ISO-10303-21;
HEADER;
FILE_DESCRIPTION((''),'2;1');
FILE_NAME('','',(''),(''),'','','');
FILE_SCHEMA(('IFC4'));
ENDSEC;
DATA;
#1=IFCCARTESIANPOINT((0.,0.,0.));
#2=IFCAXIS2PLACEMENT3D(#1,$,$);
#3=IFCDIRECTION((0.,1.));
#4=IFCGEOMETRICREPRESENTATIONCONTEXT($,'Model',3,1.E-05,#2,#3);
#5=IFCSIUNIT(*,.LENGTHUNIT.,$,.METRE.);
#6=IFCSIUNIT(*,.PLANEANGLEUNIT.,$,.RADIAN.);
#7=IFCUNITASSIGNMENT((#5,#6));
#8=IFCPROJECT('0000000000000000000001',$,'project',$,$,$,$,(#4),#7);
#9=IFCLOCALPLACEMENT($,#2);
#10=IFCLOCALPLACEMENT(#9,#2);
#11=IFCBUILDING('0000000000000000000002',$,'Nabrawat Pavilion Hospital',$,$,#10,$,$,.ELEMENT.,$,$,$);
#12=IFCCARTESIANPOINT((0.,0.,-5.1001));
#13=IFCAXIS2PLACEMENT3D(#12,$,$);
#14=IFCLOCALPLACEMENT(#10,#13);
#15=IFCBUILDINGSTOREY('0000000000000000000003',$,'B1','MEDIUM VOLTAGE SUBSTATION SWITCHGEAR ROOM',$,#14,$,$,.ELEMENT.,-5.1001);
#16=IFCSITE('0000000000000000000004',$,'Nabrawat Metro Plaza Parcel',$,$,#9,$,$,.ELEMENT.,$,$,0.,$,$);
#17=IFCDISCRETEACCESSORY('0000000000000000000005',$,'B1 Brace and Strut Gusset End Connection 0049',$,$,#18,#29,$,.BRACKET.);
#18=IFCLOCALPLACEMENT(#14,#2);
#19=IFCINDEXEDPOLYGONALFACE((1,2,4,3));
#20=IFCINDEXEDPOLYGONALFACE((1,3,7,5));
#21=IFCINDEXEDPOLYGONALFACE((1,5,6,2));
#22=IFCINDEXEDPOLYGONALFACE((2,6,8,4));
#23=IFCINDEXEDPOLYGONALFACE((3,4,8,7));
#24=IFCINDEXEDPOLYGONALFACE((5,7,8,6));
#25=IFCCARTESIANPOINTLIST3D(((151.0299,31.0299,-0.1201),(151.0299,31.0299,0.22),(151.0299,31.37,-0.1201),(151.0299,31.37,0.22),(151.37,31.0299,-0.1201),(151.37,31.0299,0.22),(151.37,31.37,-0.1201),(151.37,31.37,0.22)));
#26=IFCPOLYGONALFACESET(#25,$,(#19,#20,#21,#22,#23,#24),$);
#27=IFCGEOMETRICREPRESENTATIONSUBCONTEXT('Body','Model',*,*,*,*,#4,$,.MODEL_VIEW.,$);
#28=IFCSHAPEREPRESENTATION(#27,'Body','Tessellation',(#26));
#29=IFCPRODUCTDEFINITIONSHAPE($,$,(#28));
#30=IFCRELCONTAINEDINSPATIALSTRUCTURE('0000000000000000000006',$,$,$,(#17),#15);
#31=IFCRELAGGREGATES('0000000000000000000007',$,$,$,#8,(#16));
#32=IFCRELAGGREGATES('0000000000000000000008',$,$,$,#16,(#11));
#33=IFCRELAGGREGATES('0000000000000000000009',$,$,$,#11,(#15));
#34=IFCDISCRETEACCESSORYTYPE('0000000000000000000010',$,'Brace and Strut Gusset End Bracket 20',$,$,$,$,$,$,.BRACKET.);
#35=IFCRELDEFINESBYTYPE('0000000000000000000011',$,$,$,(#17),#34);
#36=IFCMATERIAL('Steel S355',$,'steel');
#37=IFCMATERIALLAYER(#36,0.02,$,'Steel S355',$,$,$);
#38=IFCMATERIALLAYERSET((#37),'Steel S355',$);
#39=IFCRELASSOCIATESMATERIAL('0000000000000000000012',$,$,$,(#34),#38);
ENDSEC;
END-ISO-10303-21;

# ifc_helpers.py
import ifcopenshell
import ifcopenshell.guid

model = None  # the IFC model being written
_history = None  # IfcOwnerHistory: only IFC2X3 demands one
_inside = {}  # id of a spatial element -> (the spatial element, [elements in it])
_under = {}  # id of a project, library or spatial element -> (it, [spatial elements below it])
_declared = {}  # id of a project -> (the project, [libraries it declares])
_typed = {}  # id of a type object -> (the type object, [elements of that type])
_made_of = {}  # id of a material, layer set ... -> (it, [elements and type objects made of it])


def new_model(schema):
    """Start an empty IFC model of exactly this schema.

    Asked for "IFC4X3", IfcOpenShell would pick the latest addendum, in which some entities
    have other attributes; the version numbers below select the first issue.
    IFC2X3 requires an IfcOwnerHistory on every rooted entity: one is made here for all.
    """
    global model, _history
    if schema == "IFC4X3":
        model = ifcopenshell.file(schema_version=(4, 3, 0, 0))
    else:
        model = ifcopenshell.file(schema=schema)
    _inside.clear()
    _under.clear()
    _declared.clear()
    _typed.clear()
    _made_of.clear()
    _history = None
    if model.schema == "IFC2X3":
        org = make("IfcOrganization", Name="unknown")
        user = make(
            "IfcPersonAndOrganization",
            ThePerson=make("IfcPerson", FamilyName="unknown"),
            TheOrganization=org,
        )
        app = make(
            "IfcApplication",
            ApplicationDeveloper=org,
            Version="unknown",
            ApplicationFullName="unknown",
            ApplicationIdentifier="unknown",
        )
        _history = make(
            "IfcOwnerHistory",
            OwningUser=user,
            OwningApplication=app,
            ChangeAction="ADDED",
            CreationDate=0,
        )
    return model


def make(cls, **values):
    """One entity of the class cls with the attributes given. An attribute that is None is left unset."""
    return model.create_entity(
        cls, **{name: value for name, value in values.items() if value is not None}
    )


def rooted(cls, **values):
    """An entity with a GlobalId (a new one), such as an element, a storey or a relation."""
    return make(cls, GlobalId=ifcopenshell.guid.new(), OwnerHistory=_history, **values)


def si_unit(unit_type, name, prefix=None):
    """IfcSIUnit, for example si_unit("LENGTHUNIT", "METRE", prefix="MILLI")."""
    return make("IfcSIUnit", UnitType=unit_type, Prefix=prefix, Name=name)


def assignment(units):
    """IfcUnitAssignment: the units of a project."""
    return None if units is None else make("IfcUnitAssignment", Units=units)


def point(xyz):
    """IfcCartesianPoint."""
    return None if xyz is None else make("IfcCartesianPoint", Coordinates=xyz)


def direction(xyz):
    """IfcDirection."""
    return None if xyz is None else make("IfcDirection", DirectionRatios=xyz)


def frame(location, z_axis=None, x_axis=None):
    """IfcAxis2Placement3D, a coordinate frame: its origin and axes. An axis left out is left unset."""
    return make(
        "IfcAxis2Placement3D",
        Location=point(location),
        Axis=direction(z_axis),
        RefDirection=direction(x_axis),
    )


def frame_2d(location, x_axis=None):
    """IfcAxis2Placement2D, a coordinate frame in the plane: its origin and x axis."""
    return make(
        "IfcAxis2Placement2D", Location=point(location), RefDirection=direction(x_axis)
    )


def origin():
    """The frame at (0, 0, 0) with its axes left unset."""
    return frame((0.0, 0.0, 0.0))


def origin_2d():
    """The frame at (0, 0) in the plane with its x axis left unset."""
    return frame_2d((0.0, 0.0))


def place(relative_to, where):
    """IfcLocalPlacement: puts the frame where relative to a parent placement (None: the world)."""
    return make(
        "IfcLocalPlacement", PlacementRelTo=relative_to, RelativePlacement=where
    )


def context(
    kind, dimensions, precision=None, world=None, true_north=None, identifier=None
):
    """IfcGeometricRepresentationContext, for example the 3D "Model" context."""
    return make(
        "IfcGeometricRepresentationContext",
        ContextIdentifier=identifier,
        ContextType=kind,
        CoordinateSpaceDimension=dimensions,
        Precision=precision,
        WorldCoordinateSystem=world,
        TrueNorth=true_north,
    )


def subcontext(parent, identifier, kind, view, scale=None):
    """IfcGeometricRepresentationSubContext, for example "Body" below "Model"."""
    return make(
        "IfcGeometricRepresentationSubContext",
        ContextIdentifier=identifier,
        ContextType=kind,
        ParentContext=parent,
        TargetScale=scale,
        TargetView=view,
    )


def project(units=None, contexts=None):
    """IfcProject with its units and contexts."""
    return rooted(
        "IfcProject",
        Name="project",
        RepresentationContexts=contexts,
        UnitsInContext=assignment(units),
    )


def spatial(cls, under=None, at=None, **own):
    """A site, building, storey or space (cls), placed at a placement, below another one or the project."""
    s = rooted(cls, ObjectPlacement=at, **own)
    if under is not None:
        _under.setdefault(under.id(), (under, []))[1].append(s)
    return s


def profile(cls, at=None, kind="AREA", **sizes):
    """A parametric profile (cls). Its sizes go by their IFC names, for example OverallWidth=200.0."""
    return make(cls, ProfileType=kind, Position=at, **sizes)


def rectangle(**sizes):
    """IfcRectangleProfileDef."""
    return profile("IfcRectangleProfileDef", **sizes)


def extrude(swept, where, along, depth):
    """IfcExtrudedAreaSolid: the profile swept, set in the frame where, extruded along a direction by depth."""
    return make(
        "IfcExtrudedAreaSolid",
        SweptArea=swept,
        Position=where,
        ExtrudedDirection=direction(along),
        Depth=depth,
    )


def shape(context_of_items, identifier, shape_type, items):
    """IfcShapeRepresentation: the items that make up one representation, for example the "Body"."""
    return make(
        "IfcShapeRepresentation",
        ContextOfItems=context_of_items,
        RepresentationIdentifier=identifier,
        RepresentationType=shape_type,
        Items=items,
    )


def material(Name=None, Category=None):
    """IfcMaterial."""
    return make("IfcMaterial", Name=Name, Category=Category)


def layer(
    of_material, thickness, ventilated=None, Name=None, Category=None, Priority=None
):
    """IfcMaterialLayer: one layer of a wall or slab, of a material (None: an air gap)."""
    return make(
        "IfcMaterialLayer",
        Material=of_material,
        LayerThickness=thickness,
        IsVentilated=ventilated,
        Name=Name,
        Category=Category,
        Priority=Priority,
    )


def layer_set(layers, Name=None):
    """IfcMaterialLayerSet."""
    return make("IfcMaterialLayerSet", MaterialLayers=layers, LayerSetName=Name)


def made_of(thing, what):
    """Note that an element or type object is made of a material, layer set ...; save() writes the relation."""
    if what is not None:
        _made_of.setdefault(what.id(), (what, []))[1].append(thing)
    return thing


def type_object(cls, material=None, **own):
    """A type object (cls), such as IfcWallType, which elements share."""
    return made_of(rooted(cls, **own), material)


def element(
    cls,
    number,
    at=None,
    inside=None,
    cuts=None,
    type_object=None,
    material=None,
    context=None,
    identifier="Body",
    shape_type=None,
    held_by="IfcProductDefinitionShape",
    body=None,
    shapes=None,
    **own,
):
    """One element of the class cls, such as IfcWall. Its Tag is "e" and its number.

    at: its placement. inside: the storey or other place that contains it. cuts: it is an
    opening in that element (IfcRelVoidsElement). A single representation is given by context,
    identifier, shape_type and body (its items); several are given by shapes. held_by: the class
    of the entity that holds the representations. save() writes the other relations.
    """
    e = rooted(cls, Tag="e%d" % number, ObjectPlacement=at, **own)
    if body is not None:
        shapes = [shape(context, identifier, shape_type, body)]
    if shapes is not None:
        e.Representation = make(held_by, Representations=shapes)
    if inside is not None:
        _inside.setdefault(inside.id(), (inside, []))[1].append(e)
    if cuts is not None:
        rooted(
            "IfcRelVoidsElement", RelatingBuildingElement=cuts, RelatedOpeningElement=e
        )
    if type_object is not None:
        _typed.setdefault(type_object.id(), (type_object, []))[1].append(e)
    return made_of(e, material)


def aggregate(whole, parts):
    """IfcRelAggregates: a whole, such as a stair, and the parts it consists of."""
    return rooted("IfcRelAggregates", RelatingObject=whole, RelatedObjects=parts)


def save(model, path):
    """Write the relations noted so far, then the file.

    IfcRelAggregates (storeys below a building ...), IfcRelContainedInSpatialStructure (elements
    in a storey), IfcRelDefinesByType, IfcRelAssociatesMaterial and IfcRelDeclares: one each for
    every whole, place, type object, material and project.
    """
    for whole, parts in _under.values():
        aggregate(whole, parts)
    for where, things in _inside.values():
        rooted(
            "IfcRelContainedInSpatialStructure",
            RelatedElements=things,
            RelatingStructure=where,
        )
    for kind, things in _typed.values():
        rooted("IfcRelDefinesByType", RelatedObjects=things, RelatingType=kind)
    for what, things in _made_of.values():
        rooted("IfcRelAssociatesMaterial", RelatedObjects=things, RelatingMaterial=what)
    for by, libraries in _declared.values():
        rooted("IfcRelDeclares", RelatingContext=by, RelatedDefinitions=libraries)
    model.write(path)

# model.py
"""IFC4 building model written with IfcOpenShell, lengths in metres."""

from ifc_helpers import new_model, si_unit, direction, frame, origin, origin_2d, place, context, subcontext, project, spatial, rectangle, extrude, material, layer, layer_set, type_object, element, save


model = new_model("IFC4")

# Units and contexts
model_context = context("Model", 3, precision=1e-05, world=origin(), true_north=direction((0.0, 1.0)))
body_context = subcontext(model_context, "Body", "Model", "MODEL_VIEW")
ifc_project = project(units=[si_unit("LENGTHUNIT", "METRE"), si_unit("PLANEANGLEUNIT", "RADIAN")], contexts=[model_context])

# Site, building, storey
site_placement = place(None, origin())
site = spatial("IfcSite", under=ifc_project, at=site_placement, Name="Nabrawat Metro Plaza Parcel", CompositionType="ELEMENT", RefElevation=0.0)
building_placement = place(site_placement, origin())
building = spatial("IfcBuilding", under=site, at=building_placement, Name="Nabrawat Pavilion Hospital", CompositionType="ELEMENT")
storey_placement = place(building_placement, frame((0.0, 0.0, -5.1001)))
storey = spatial("IfcBuildingStorey", under=building, at=storey_placement, Name="B1", Description="MEDIUM VOLTAGE SUBSTATION SWITCHGEAR ROOM", CompositionType="ELEMENT", Elevation=-5.1001)

# Shared definitions
ifc_material_1 = material(Name="Steel S355", Category="steel")

# Discrete accessory
ifc_layer_1 = layer(ifc_material_1, 0.02, Name="Steel S355")
ifc_layer_set_1 = layer_set([ifc_layer_1], Name="Steel S355")
discrete_accessory_type = type_object("IfcDiscreteAccessoryType", Name="Brace and Strut Gusset End Bracket 20", PredefinedType="BRACKET", material=ifc_layer_set_1)
for number, where, z_axis, x_axis, name in (
    (1, (151.2, 31.2, -0.1201), (0.0, 0.0, 1.0), (1.0, 0.0, 0.0), "B1 Brace and Strut Gusset End Connection 0049"),
):
    element("IfcDiscreteAccessory", number, at=place(storey_placement, frame(where, z_axis=z_axis, x_axis=x_axis)), inside=storey, type_object=discrete_accessory_type, Name=name, PredefinedType="BRACKET", context=body_context, shape_type="SweptSolid", body=[
        extrude(rectangle(XDim=0.3401, YDim=0.3401, at=origin_2d()), origin(), (0.0, 0.0, 1.0), 0.3401),
    ])

save(model, "model.ifc")
